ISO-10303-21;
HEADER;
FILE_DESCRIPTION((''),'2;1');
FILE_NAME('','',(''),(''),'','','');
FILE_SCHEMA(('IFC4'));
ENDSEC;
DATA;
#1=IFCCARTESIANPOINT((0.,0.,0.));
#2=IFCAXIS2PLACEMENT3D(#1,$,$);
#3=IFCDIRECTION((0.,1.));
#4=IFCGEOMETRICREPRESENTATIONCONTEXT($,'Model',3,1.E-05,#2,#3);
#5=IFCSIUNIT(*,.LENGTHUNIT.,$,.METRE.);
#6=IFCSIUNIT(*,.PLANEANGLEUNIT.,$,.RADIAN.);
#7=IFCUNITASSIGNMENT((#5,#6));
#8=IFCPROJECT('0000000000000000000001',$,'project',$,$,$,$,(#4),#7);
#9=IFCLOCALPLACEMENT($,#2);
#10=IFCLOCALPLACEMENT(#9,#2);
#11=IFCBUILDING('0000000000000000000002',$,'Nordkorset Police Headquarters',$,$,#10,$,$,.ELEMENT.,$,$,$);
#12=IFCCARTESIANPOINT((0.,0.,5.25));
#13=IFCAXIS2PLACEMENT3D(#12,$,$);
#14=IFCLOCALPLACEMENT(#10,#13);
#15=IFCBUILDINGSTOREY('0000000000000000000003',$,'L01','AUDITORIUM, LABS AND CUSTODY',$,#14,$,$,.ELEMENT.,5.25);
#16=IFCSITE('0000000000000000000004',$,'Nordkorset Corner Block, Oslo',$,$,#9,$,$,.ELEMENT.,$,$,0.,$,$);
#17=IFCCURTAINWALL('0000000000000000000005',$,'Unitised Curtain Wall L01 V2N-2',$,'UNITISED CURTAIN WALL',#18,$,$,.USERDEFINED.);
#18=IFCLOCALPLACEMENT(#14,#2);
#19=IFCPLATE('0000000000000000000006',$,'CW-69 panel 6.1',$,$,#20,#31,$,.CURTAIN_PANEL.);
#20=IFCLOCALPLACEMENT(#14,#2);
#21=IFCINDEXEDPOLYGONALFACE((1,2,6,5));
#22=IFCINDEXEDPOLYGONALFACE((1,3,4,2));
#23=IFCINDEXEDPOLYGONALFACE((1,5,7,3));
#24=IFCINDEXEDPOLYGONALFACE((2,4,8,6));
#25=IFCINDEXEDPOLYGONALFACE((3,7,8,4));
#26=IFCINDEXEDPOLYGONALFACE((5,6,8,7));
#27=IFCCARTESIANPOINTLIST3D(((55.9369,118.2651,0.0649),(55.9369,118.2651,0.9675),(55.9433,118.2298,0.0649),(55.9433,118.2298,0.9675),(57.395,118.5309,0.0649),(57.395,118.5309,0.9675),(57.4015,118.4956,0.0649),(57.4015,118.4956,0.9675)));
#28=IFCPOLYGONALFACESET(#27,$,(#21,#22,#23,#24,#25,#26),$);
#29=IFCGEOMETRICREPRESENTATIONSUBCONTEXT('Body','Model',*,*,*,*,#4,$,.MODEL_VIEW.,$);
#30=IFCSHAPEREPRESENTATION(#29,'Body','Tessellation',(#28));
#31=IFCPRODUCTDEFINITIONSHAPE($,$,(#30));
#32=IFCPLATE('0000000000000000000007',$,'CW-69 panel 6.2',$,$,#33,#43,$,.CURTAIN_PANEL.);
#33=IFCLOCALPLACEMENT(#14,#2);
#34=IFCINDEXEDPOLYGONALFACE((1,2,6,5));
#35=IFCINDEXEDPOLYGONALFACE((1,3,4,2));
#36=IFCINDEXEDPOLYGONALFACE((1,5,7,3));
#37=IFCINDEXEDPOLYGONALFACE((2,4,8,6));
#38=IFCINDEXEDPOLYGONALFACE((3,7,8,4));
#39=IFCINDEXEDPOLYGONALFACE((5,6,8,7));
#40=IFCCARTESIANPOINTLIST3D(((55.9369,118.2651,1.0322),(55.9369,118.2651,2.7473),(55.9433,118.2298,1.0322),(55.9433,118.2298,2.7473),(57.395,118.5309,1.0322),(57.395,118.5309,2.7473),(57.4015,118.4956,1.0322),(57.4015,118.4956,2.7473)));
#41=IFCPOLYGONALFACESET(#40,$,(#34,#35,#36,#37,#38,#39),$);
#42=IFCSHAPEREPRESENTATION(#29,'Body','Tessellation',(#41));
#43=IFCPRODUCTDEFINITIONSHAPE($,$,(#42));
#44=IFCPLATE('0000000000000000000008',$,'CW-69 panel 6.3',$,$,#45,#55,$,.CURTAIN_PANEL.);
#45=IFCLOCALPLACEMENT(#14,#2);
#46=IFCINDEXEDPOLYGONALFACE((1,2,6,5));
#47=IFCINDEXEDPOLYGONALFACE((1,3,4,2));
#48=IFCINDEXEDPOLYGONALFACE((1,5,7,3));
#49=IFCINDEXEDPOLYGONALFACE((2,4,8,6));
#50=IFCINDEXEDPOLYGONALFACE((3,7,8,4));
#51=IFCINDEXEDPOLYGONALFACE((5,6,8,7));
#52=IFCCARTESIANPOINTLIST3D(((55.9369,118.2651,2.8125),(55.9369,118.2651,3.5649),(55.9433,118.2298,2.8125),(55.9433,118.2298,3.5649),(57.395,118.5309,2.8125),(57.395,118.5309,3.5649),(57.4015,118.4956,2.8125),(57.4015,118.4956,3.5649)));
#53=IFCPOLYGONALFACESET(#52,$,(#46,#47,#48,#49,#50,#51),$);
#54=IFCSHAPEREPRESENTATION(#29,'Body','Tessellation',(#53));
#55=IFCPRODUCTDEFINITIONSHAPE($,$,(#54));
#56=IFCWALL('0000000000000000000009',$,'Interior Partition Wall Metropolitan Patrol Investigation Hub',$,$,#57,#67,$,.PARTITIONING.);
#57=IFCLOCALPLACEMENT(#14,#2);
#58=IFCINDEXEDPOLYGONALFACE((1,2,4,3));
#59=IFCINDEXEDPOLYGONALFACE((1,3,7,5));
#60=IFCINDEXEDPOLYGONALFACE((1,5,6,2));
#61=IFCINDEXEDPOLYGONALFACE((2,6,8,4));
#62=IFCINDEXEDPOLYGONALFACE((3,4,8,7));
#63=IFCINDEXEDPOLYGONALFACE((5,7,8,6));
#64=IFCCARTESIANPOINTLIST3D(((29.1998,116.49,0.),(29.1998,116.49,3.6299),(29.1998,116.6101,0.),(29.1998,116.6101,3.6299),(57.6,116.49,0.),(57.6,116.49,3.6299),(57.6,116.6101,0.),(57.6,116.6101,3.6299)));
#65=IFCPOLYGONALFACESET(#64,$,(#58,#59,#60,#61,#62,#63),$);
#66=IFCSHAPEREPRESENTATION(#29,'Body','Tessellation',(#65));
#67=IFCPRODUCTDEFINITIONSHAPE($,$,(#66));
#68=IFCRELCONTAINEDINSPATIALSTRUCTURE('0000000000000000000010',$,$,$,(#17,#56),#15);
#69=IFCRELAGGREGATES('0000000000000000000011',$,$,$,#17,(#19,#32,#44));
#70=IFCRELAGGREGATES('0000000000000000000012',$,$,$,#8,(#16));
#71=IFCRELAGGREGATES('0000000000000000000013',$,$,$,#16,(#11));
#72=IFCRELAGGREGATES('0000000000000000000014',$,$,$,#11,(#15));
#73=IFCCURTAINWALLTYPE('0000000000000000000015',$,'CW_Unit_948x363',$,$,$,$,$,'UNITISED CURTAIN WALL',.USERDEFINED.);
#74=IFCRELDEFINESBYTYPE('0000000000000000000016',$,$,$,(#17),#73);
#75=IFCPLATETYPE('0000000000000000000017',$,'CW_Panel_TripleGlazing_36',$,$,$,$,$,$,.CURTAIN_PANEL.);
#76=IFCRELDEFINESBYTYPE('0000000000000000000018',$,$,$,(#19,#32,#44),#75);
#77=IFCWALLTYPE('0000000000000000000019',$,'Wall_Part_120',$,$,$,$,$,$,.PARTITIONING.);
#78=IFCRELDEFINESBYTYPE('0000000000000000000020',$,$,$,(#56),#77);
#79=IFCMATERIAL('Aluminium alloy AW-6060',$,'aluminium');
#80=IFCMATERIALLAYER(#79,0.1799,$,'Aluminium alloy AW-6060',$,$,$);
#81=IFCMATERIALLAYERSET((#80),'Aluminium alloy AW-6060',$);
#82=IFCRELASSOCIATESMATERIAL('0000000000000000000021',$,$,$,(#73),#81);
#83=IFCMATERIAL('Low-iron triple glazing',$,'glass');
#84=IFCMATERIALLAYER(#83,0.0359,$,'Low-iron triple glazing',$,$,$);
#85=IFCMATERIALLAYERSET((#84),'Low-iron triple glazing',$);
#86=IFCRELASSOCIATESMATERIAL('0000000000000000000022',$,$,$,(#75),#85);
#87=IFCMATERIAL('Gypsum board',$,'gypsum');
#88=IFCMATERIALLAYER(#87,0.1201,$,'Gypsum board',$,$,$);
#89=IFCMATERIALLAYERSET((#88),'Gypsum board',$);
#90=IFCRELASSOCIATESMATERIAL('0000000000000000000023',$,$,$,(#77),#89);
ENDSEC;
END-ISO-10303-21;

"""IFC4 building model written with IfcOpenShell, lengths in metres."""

from ifc_helpers import new_model, si_unit, direction, frame, frame_2d, origin, origin_2d, place, context, subcontext, project, spatial, rectangle, extrude, material, layer, layer_set, type_object, element, aggregate, save


model = new_model("IFC4")

# Units and contexts
model_context = context("Model", 3, precision=1e-05, world=origin(), true_north=direction((0.0, 1.0)))
body_context = subcontext(model_context, "Body", "Model", "MODEL_VIEW")
ifc_project = project(units=[si_unit("LENGTHUNIT", "METRE"), si_unit("PLANEANGLEUNIT", "RADIAN")], contexts=[model_context])

# Site, building, storey
site_placement = place(None, origin())
site = spatial("IfcSite", under=ifc_project, at=site_placement, Name="Nordkorset Corner Block, Oslo", CompositionType="ELEMENT", RefElevation=0.0)
building_placement = place(site_placement, origin())
building = spatial("IfcBuilding", under=site, at=building_placement, Name="Nordkorset Police Headquarters", CompositionType="ELEMENT")
storey_placement = place(building_placement, frame((0.0, 0.0, 5.25)))
storey = spatial("IfcBuildingStorey", under=building, at=storey_placement, Name="L01", Description="AUDITORIUM, LABS AND CUSTODY", CompositionType="ELEMENT", Elevation=5.25)

# Curtain wall
ifc_material_1 = material(Name="Aluminium alloy AW-6060", Category="aluminium")
ifc_layer_1 = layer(ifc_material_1, 0.1799, Name="Aluminium alloy AW-6060")
ifc_layer_set_1 = layer_set([ifc_layer_1], Name="Aluminium alloy AW-6060")
curtain_wall_type = type_object("IfcCurtainWallType", Name="CW_Unit_948x363", ElementType="UNITISED CURTAIN WALL", PredefinedType="USERDEFINED", material=ifc_layer_set_1)
curtain_wall_placement = place(storey_placement, origin())
curtain_wall = element("IfcCurtainWall", 1, at=curtain_wall_placement, inside=storey, type_object=curtain_wall_type, Name="Unitised Curtain Wall L01 V2N-2", ObjectType="UNITISED CURTAIN WALL", PredefinedType="USERDEFINED")

# Plates
ifc_material_2 = material(Name="Low-iron triple glazing", Category="glass")
ifc_layer_2 = layer(ifc_material_2, 0.0359, Name="Low-iron triple glazing")
ifc_layer_set_2 = layer_set([ifc_layer_2], Name="Low-iron triple glazing")
plate_type = type_object("IfcPlateType", Name="CW_Panel_TripleGlazing_36", PredefinedType="CURTAIN_PANEL", material=ifc_layer_set_2)
plate_1_placement = place(storey_placement, frame((56.6692, 118.3804, 0.0649), z_axis=(0.0, 0.0, 1.0), x_axis=(0.983788, 0.179336, 0.0)))
plate_1 = element("IfcPlate", 2, at=plate_1_placement, type_object=plate_type, Name="CW-69 panel 6.1", PredefinedType="CURTAIN_PANEL", context=body_context, shape_type="SweptSolid", body=[
    extrude(rectangle(XDim=1.4822, YDim=0.0359, at=origin_2d()), origin(), (0.0, 0.0, 1.0), 0.9026),
])
plate_2_placement = place(storey_placement, frame((56.6692, 118.3804, 1.0322), z_axis=(0.0, 0.0, 1.0), x_axis=(0.983788, 0.179336, 0.0)))
plate_2 = element("IfcPlate", 3, at=plate_2_placement, type_object=plate_type, Name="CW-69 panel 6.2", PredefinedType="CURTAIN_PANEL", context=body_context, shape_type="SweptSolid", body=[
    extrude(rectangle(XDim=1.4822, YDim=0.0359, at=origin_2d()), origin(), (0.0, 0.0, 1.0), 1.7151),
])
plate_3_placement = place(storey_placement, frame((56.6692, 118.3804, 2.8125), z_axis=(0.0, 0.0, 1.0), x_axis=(0.983788, 0.179336, 0.0)))
plate_3 = element("IfcPlate", 4, at=plate_3_placement, type_object=plate_type, Name="CW-69 panel 6.3", PredefinedType="CURTAIN_PANEL", context=body_context, shape_type="SweptSolid", body=[
    extrude(rectangle(XDim=1.4822, YDim=0.0359, at=origin_2d()), origin(), (0.0, 0.0, 1.0), 0.7524),
])
aggregate(curtain_wall, [plate_1, plate_2, plate_3])

# Wall
ifc_material_3 = material(Name="Gypsum board", Category="gypsum")
ifc_layer_3 = layer(ifc_material_3, 0.1201, Name="Gypsum board")
ifc_layer_set_3 = layer_set([ifc_layer_3], Name="Gypsum board")
wall_type = type_object("IfcWallType", Name="Wall_Part_120", PredefinedType="PARTITIONING", material=ifc_layer_set_3)
wall_placement = place(storey_placement, frame((57.6001, 116.55, 0.0), z_axis=(0.0, 0.0, 1.0), x_axis=(-1.0, 0.0, 0.0)))
element("IfcWall", 5, at=wall_placement, inside=storey, type_object=wall_type, Name="Interior Partition Wall Metropolitan Patrol Investigation Hub", PredefinedType="PARTITIONING", context=body_context, shape_type="SweptSolid", body=[
    extrude(rectangle(XDim=28.4001, YDim=0.1201, at=frame_2d((14.2002, 0.0))), origin(), (0.0, 0.0, 1.0), 3.6299),
])

save(model, "model.ifc")
